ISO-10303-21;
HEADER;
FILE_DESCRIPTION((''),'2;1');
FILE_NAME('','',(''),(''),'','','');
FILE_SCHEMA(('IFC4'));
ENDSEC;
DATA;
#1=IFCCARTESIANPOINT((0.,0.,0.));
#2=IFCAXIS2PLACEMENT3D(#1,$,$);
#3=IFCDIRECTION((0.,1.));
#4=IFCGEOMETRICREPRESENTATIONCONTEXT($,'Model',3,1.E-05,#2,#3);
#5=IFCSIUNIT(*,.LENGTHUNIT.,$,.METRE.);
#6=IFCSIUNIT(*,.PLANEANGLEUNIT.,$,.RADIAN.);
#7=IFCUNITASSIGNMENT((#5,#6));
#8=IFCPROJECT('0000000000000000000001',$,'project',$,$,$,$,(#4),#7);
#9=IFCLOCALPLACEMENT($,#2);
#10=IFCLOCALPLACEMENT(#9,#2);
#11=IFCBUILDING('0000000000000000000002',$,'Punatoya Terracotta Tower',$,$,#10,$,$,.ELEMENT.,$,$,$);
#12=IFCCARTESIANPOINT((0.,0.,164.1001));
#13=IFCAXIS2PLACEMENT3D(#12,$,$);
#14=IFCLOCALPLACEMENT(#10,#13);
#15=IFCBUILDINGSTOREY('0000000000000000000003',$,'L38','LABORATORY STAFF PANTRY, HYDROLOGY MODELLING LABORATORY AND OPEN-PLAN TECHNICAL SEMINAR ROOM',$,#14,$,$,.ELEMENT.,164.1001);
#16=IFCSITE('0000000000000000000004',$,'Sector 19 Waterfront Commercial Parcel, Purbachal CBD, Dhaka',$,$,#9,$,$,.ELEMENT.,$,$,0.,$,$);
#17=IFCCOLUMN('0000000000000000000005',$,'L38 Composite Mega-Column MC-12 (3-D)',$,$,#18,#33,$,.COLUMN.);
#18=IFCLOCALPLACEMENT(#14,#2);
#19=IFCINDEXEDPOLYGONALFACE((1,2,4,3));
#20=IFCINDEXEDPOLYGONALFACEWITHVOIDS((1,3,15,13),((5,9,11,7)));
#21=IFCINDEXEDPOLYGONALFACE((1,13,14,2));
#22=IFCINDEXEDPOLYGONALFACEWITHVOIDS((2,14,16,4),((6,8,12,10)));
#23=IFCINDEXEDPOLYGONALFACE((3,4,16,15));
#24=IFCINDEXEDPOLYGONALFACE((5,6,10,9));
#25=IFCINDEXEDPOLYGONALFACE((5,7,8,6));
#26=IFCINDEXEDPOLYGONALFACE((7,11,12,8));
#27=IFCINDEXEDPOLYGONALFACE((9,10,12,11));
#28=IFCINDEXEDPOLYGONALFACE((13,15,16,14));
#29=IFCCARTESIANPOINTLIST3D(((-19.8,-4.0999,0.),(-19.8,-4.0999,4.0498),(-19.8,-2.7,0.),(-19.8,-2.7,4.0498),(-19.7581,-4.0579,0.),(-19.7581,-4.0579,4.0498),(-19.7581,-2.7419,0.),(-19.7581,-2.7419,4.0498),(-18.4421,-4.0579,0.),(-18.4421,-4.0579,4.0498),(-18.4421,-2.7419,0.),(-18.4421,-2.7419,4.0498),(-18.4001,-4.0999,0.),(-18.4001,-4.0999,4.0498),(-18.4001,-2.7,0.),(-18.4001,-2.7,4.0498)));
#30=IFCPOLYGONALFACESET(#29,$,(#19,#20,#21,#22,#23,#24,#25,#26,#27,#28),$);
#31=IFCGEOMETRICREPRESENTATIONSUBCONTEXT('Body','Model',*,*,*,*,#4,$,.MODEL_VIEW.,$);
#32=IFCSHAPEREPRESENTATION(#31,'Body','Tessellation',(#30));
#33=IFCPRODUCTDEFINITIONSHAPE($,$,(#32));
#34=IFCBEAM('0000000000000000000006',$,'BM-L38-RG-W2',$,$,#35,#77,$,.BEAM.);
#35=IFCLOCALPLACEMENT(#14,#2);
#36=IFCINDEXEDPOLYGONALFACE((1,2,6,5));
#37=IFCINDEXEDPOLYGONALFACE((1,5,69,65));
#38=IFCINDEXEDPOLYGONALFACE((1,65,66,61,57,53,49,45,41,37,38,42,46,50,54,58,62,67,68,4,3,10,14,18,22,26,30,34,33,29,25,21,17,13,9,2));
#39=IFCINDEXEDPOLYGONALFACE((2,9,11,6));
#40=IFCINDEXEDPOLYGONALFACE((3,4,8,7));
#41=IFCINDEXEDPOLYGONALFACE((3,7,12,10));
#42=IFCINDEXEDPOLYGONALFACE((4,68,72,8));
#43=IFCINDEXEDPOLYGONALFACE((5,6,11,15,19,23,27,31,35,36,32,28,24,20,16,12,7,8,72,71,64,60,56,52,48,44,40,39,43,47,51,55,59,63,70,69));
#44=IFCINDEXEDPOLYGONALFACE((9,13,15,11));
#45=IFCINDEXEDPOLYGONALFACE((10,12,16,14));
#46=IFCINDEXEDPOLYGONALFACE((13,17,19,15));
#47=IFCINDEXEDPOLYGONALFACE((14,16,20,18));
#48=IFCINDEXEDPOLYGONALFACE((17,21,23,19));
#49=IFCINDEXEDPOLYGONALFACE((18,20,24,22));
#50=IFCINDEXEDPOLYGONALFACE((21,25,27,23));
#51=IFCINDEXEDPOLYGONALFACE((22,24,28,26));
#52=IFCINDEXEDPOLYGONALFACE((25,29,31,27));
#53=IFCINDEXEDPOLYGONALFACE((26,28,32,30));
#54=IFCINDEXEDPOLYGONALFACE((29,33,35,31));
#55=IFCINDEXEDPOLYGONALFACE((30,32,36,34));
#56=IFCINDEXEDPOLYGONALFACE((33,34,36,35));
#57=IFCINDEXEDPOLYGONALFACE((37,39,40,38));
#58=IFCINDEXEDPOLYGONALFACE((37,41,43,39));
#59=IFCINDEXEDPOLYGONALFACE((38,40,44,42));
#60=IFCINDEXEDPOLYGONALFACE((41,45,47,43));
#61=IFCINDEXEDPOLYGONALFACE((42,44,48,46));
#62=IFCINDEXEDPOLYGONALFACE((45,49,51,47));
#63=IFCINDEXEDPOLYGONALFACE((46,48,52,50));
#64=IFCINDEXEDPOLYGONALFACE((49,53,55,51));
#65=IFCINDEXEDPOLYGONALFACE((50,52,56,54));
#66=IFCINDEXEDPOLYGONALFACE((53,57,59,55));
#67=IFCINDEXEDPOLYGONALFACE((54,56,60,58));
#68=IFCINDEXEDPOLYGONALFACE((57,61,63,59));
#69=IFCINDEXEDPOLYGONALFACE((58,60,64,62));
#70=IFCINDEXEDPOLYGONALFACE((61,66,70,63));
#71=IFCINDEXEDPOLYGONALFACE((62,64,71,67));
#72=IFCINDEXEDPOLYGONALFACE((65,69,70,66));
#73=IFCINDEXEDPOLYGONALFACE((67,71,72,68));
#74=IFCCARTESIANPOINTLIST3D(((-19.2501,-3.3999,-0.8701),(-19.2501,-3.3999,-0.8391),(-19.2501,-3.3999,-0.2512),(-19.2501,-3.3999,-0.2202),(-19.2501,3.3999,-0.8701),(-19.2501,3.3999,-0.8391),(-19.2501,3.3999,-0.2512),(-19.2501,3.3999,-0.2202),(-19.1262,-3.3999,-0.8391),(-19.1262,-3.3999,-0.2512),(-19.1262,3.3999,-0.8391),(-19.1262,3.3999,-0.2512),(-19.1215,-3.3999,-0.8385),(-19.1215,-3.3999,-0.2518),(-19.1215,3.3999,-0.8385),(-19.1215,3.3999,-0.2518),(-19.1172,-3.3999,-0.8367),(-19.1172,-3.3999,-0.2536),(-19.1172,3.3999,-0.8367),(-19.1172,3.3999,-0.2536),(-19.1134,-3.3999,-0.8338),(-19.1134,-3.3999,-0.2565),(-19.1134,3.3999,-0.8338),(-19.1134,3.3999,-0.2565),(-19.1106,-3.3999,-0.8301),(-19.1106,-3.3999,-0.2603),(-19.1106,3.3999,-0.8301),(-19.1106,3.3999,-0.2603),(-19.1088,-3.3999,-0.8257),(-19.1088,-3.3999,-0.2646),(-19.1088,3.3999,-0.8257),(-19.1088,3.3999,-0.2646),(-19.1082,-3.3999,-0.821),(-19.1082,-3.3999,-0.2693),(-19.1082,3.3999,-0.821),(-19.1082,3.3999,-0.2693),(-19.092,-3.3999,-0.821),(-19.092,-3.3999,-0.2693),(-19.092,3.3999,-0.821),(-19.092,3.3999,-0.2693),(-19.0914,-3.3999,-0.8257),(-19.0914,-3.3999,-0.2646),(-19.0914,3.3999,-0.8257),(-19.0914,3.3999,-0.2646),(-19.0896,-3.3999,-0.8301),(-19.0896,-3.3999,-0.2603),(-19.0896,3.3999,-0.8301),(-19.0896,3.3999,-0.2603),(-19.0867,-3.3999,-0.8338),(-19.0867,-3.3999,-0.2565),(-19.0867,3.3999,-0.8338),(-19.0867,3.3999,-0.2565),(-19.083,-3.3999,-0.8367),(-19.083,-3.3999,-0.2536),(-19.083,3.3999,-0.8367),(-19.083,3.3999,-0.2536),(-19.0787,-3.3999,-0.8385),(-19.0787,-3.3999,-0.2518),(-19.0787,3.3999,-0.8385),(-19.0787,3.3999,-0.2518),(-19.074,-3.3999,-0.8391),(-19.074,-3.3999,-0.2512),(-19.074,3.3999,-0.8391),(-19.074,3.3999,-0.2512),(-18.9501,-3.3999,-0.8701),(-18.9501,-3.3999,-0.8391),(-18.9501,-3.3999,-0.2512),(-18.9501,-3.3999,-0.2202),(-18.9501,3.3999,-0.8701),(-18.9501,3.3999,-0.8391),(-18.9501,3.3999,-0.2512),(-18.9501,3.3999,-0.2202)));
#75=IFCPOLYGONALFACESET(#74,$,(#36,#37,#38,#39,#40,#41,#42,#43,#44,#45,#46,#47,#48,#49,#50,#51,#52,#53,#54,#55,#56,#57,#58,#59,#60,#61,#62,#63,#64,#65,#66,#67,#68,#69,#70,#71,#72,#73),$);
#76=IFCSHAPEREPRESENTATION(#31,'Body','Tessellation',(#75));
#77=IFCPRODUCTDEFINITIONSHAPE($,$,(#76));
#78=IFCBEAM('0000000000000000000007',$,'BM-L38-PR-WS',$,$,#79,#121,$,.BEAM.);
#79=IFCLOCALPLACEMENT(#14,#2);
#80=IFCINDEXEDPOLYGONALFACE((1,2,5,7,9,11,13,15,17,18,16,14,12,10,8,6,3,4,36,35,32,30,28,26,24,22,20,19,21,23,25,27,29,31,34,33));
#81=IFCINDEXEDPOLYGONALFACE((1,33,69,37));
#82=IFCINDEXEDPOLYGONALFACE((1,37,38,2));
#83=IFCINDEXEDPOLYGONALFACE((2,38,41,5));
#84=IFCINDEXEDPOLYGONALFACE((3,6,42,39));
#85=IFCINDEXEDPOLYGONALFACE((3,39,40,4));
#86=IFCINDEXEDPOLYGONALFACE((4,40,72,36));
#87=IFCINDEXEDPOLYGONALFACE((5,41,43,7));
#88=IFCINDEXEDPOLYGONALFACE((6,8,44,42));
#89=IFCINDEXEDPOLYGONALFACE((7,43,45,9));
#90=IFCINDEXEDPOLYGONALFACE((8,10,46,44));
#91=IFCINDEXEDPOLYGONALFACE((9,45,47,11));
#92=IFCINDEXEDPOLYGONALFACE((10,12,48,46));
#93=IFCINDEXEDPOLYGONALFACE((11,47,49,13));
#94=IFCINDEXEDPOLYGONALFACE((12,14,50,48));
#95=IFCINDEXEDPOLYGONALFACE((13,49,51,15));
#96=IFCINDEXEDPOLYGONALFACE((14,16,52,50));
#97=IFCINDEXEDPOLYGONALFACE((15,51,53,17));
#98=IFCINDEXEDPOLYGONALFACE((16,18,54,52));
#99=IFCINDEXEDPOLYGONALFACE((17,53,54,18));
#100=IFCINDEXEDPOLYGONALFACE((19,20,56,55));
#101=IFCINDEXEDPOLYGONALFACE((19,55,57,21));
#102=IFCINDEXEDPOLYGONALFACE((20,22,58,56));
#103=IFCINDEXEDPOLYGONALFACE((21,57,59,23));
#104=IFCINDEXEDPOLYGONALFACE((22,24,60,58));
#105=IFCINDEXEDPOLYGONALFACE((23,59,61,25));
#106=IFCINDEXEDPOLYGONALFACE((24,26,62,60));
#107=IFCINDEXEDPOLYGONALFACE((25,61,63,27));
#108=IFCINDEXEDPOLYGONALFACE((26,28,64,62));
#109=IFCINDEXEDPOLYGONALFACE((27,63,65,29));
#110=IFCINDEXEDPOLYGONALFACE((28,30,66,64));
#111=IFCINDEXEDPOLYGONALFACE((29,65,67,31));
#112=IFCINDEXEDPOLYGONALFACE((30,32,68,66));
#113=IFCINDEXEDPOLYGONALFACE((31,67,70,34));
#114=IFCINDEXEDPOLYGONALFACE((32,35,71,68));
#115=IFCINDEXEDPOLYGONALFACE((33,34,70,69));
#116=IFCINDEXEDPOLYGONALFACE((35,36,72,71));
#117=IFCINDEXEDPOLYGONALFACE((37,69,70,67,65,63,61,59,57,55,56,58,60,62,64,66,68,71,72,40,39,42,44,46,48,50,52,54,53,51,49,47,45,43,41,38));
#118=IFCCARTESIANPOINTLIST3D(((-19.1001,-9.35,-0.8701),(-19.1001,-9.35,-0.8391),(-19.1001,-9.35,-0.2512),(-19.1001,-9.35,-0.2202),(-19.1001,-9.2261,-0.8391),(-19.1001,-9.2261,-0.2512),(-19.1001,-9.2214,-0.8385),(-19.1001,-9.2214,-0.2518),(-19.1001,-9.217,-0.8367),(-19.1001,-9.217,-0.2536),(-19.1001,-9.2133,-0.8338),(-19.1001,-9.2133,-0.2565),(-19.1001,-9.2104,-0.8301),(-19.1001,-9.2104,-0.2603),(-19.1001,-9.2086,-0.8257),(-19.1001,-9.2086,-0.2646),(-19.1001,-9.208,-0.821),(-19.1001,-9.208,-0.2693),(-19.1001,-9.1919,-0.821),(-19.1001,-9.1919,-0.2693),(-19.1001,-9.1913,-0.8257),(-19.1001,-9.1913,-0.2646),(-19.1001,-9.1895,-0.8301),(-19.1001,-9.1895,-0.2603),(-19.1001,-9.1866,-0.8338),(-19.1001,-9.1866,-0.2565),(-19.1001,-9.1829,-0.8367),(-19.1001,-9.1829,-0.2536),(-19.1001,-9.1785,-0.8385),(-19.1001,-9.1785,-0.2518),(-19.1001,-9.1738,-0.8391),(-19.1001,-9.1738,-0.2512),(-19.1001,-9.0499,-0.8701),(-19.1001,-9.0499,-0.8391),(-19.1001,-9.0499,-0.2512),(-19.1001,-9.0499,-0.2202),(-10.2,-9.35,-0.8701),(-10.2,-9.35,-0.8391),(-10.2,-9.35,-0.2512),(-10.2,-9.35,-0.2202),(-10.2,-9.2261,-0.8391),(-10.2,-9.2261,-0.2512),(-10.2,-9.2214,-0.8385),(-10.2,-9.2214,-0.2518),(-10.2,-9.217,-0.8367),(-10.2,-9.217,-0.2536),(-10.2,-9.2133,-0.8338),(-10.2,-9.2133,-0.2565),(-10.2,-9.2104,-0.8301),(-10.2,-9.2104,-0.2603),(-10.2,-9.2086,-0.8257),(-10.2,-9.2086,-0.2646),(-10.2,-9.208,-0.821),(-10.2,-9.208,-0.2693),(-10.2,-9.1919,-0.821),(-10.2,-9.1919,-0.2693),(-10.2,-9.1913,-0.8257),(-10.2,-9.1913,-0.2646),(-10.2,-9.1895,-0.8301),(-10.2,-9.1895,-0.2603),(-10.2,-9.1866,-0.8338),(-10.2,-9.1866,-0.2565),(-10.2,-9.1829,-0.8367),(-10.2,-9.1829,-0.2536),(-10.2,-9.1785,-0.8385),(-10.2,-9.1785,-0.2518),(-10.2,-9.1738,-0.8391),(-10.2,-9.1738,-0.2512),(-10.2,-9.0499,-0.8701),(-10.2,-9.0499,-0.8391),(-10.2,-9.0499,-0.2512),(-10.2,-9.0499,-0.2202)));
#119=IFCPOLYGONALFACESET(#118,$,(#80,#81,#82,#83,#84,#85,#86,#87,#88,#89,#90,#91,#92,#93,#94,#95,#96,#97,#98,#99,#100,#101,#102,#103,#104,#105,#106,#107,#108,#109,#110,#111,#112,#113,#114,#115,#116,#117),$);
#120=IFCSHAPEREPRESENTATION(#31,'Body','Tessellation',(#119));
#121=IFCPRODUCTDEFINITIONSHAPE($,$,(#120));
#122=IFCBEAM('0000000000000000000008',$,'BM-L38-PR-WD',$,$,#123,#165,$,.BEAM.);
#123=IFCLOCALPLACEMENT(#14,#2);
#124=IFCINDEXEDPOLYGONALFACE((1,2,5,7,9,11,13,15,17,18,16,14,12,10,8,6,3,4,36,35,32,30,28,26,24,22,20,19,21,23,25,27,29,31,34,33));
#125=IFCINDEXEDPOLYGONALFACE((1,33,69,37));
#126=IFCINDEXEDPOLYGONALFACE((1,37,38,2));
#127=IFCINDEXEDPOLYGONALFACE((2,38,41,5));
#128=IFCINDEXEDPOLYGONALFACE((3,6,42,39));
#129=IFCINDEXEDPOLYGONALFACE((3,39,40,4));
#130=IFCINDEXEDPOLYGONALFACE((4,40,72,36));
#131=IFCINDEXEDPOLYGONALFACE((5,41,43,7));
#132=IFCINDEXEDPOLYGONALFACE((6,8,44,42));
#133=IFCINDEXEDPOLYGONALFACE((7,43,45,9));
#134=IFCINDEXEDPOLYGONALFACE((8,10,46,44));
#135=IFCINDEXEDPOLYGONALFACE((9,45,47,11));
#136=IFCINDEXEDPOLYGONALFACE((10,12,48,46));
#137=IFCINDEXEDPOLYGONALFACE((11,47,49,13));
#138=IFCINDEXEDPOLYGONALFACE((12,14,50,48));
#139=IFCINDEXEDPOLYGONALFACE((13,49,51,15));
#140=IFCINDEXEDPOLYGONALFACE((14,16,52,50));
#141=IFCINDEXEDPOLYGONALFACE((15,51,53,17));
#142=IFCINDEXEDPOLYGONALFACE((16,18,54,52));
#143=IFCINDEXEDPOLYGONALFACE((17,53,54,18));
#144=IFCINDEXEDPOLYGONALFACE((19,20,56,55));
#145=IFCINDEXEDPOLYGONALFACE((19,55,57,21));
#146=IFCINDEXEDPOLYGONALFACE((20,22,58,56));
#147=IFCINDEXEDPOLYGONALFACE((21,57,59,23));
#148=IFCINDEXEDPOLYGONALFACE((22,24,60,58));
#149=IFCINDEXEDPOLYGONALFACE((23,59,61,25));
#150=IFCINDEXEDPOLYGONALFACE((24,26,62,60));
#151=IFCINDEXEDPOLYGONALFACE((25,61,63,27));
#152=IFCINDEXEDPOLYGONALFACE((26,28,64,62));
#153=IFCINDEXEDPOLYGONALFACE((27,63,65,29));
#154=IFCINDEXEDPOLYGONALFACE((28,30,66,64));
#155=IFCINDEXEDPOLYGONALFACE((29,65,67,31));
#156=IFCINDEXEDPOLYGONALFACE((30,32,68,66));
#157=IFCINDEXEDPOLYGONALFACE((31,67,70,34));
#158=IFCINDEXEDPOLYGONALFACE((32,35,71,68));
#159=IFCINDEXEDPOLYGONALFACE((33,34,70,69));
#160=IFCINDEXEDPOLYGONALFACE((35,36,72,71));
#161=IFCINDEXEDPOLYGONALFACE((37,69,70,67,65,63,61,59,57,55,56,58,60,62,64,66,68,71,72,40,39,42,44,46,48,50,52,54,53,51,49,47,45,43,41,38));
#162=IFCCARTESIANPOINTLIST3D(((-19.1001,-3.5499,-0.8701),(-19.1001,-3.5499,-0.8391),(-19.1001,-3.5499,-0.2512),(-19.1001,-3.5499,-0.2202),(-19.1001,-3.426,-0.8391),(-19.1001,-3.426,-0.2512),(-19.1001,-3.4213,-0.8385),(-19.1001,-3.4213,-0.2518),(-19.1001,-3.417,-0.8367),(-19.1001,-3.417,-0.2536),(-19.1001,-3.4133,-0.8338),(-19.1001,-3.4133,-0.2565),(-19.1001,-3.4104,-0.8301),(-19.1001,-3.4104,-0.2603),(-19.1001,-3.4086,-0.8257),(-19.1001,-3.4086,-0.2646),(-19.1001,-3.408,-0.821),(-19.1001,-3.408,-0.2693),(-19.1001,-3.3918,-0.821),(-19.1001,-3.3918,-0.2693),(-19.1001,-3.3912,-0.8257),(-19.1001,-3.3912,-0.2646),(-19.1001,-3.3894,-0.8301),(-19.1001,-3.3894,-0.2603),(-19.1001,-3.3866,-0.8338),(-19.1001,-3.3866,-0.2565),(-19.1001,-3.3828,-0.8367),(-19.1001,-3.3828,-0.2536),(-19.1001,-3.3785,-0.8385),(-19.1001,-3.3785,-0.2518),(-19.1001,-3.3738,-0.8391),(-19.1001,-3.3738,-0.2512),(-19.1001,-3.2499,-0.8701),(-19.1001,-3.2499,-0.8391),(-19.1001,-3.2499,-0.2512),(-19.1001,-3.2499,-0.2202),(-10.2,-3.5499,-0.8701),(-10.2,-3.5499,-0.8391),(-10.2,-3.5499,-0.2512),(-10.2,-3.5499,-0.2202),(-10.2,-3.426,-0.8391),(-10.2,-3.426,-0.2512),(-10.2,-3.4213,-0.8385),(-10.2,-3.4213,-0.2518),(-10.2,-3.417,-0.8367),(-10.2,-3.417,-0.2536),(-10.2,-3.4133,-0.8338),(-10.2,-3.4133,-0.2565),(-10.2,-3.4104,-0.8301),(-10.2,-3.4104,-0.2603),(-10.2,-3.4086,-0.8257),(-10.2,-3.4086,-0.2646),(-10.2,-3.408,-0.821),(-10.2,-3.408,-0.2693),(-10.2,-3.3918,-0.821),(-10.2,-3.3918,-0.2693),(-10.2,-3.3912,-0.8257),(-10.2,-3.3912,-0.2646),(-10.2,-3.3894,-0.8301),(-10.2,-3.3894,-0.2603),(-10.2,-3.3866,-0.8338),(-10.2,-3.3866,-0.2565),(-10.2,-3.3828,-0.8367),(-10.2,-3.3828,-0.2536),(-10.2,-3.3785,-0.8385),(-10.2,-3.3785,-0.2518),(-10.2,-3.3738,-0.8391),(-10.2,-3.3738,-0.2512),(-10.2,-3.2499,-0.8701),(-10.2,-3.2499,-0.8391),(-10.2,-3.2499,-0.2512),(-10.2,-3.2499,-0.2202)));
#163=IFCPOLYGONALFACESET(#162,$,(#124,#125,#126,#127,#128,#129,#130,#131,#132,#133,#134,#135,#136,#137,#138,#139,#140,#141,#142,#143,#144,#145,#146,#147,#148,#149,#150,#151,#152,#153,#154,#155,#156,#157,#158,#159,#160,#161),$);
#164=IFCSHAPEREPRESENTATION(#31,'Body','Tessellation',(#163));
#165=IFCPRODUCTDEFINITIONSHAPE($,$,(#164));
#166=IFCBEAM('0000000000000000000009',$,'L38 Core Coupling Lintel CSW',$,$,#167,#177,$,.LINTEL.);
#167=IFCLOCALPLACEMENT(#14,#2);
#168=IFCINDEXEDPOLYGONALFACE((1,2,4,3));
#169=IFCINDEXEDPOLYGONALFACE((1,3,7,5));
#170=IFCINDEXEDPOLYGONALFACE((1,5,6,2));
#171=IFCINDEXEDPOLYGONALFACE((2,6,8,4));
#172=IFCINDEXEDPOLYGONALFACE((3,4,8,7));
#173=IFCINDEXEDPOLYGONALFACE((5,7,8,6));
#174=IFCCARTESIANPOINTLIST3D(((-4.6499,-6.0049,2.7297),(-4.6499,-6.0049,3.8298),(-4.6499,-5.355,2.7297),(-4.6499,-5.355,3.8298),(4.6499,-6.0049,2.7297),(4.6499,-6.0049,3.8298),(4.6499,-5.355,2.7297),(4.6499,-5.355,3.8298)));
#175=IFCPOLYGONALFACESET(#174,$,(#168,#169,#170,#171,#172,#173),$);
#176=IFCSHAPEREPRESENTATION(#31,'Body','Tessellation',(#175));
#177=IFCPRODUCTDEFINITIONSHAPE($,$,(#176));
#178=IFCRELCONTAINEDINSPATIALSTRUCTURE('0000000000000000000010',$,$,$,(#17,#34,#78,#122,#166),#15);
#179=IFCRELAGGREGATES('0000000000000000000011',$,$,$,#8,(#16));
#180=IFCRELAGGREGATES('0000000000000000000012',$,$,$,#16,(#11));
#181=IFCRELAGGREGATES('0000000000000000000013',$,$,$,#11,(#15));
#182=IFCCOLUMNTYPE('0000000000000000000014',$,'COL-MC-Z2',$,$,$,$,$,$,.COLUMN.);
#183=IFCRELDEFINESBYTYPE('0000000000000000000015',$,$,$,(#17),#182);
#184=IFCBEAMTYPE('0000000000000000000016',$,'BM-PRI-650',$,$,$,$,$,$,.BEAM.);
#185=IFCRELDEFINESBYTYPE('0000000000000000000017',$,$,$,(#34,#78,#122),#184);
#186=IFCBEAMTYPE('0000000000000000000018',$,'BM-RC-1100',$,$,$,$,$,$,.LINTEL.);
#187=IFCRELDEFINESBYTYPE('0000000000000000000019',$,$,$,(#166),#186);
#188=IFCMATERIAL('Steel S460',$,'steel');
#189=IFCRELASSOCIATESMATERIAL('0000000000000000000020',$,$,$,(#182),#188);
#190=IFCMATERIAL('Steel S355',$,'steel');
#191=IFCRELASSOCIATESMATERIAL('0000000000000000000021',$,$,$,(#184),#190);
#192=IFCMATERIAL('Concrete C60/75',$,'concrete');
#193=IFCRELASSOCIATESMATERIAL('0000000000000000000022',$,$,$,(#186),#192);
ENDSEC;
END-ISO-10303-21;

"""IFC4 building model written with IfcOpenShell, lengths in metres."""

from ifc_helpers import new_model, si_unit, direction, frame, origin, origin_2d, place, context, subcontext, project, spatial, rectangle, hollow_rectangle, i_section, extrude, material, material_profile, profile_set, type_object, element, save


model = new_model("IFC4")

# Units and contexts
model_context = context("Model", 3, precision=1e-05, world=origin(), true_north=direction((0.0, 1.0)))
body_context = subcontext(model_context, "Body", "Model", "MODEL_VIEW")
ifc_project = project(units=[si_unit("LENGTHUNIT", "METRE"), si_unit("PLANEANGLEUNIT", "RADIAN")], contexts=[model_context])

# Site, building, storey
site_placement = place(None, origin())
site = spatial("IfcSite", under=ifc_project, at=site_placement, Name="Sector 19 Waterfront Commercial Parcel, Purbachal CBD, Dhaka", CompositionType="ELEMENT", RefElevation=0.0)
building_placement = place(site_placement, origin())
building = spatial("IfcBuilding", under=site, at=building_placement, Name="Punatoya Terracotta Tower", CompositionType="ELEMENT")
storey_placement = place(building_placement, frame((0.0, 0.0, 164.1001)))
storey = spatial("IfcBuildingStorey", under=building, at=storey_placement, Name="L38", Description="LABORATORY STAFF PANTRY, HYDROLOGY MODELLING LABORATORY AND OPEN-PLAN TECHNICAL SEMINAR ROOM", CompositionType="ELEMENT", Elevation=164.1001)

# Column
ifc_material_1 = material(Name="Steel S460", Category="steel")
ifc_material_profile_1 = material_profile(ifc_material_1, hollow_rectangle(XDim=1.3999, YDim=1.3999, WallThickness=0.042, at=origin_2d()))
ifc_profile_set_1 = profile_set([ifc_material_profile_1], Name="Steel S460")
column_type = type_object("IfcColumnType", Name="COL-MC-Z2", PredefinedType="COLUMN", material=ifc_profile_set_1)
column_placement = place(storey_placement, frame((-19.1001, -3.3999, 0.0), z_axis=(0.0, 0.0, 1.0), x_axis=(1.0, 0.0, 0.0)))
element("IfcColumn", 1, at=column_placement, inside=storey, type_object=column_type, Name="L38 Composite Mega-Column MC-12 (3-D)", PredefinedType="COLUMN", context=body_context, shape_type="SweptSolid", body=[
    extrude(hollow_rectangle(XDim=1.3999, YDim=1.3999, WallThickness=0.042, at=origin_2d()), origin(), (0.0, 0.0, 1.0), 4.0498),
])

# Beams
ifc_material_2 = material(Name="Steel S355", Category="steel")
ifc_material_profile_2 = material_profile(ifc_material_2, i_section(OverallWidth=0.3, OverallDepth=0.6499, WebThickness=0.0161, FlangeThickness=0.031, FilletRadius=0.0181, at=origin_2d()))
ifc_profile_set_2 = profile_set([ifc_material_profile_2], Name="Steel S355")
beam_type_1 = type_object("IfcBeamType", Name="BM-PRI-650", PredefinedType="BEAM", material=ifc_profile_set_2)
beam_1_placement = place(storey_placement, frame((-19.1001, -3.3999, -0.5452), z_axis=(0.0, 1.0, 0.0), x_axis=(-1.0, 0.0, 0.0)))
element("IfcBeam", 2, at=beam_1_placement, inside=storey, type_object=beam_type_1, Name="BM-L38-RG-W2", PredefinedType="BEAM", context=body_context, shape_type="SweptSolid", body=[
    extrude(i_section(OverallWidth=0.3, OverallDepth=0.6499, WebThickness=0.0161, FlangeThickness=0.031, FilletRadius=0.0181, at=origin_2d()), origin(), (0.0, 0.0, 1.0), 6.7998),
])
for number, where, z_axis, x_axis, name in (
    (3, (-19.1001, -9.2, -0.5452), (1.0, 0.0, 0.0), (0.0, 1.0, 0.0), "BM-L38-PR-WS"),
    (4, (-19.1001, -3.3999, -0.5452), (1.0, 0.0, 0.0), (0.0, 1.0, 0.0), "BM-L38-PR-WD"),
):
    element("IfcBeam", number, at=place(storey_placement, frame(where, z_axis=z_axis, x_axis=x_axis)), inside=storey, type_object=beam_type_1, Name=name, PredefinedType="BEAM", context=body_context, shape_type="SweptSolid", body=[
        extrude(i_section(OverallWidth=0.3, OverallDepth=0.6499, WebThickness=0.0161, FlangeThickness=0.031, FilletRadius=0.0181, at=origin_2d()), origin(), (0.0, 0.0, 1.0), 8.9001),
    ])
ifc_material_3 = material(Name="Concrete C60/75", Category="concrete")
ifc_material_profile_3 = material_profile(ifc_material_3, rectangle(XDim=0.6499, YDim=1.1001, at=origin_2d()))
ifc_profile_set_3 = profile_set([ifc_material_profile_3], Name="Concrete C60/75")
beam_type_2 = type_object("IfcBeamType", Name="BM-RC-1100", PredefinedType="LINTEL", material=ifc_profile_set_3)
beam_2_placement = place(storey_placement, frame((-4.6499, -5.6799, 3.2798), z_axis=(1.0, 0.0, 0.0), x_axis=(0.0, 1.0, 0.0)))
element("IfcBeam", 5, at=beam_2_placement, inside=storey, type_object=beam_type_2, Name="L38 Core Coupling Lintel CSW", PredefinedType="LINTEL", context=body_context, shape_type="SweptSolid", body=[
    extrude(rectangle(XDim=0.6499, YDim=1.1001, at=origin_2d()), origin(), (0.0, 0.0, 1.0), 9.2998),
])

save(model, "model.ifc")
